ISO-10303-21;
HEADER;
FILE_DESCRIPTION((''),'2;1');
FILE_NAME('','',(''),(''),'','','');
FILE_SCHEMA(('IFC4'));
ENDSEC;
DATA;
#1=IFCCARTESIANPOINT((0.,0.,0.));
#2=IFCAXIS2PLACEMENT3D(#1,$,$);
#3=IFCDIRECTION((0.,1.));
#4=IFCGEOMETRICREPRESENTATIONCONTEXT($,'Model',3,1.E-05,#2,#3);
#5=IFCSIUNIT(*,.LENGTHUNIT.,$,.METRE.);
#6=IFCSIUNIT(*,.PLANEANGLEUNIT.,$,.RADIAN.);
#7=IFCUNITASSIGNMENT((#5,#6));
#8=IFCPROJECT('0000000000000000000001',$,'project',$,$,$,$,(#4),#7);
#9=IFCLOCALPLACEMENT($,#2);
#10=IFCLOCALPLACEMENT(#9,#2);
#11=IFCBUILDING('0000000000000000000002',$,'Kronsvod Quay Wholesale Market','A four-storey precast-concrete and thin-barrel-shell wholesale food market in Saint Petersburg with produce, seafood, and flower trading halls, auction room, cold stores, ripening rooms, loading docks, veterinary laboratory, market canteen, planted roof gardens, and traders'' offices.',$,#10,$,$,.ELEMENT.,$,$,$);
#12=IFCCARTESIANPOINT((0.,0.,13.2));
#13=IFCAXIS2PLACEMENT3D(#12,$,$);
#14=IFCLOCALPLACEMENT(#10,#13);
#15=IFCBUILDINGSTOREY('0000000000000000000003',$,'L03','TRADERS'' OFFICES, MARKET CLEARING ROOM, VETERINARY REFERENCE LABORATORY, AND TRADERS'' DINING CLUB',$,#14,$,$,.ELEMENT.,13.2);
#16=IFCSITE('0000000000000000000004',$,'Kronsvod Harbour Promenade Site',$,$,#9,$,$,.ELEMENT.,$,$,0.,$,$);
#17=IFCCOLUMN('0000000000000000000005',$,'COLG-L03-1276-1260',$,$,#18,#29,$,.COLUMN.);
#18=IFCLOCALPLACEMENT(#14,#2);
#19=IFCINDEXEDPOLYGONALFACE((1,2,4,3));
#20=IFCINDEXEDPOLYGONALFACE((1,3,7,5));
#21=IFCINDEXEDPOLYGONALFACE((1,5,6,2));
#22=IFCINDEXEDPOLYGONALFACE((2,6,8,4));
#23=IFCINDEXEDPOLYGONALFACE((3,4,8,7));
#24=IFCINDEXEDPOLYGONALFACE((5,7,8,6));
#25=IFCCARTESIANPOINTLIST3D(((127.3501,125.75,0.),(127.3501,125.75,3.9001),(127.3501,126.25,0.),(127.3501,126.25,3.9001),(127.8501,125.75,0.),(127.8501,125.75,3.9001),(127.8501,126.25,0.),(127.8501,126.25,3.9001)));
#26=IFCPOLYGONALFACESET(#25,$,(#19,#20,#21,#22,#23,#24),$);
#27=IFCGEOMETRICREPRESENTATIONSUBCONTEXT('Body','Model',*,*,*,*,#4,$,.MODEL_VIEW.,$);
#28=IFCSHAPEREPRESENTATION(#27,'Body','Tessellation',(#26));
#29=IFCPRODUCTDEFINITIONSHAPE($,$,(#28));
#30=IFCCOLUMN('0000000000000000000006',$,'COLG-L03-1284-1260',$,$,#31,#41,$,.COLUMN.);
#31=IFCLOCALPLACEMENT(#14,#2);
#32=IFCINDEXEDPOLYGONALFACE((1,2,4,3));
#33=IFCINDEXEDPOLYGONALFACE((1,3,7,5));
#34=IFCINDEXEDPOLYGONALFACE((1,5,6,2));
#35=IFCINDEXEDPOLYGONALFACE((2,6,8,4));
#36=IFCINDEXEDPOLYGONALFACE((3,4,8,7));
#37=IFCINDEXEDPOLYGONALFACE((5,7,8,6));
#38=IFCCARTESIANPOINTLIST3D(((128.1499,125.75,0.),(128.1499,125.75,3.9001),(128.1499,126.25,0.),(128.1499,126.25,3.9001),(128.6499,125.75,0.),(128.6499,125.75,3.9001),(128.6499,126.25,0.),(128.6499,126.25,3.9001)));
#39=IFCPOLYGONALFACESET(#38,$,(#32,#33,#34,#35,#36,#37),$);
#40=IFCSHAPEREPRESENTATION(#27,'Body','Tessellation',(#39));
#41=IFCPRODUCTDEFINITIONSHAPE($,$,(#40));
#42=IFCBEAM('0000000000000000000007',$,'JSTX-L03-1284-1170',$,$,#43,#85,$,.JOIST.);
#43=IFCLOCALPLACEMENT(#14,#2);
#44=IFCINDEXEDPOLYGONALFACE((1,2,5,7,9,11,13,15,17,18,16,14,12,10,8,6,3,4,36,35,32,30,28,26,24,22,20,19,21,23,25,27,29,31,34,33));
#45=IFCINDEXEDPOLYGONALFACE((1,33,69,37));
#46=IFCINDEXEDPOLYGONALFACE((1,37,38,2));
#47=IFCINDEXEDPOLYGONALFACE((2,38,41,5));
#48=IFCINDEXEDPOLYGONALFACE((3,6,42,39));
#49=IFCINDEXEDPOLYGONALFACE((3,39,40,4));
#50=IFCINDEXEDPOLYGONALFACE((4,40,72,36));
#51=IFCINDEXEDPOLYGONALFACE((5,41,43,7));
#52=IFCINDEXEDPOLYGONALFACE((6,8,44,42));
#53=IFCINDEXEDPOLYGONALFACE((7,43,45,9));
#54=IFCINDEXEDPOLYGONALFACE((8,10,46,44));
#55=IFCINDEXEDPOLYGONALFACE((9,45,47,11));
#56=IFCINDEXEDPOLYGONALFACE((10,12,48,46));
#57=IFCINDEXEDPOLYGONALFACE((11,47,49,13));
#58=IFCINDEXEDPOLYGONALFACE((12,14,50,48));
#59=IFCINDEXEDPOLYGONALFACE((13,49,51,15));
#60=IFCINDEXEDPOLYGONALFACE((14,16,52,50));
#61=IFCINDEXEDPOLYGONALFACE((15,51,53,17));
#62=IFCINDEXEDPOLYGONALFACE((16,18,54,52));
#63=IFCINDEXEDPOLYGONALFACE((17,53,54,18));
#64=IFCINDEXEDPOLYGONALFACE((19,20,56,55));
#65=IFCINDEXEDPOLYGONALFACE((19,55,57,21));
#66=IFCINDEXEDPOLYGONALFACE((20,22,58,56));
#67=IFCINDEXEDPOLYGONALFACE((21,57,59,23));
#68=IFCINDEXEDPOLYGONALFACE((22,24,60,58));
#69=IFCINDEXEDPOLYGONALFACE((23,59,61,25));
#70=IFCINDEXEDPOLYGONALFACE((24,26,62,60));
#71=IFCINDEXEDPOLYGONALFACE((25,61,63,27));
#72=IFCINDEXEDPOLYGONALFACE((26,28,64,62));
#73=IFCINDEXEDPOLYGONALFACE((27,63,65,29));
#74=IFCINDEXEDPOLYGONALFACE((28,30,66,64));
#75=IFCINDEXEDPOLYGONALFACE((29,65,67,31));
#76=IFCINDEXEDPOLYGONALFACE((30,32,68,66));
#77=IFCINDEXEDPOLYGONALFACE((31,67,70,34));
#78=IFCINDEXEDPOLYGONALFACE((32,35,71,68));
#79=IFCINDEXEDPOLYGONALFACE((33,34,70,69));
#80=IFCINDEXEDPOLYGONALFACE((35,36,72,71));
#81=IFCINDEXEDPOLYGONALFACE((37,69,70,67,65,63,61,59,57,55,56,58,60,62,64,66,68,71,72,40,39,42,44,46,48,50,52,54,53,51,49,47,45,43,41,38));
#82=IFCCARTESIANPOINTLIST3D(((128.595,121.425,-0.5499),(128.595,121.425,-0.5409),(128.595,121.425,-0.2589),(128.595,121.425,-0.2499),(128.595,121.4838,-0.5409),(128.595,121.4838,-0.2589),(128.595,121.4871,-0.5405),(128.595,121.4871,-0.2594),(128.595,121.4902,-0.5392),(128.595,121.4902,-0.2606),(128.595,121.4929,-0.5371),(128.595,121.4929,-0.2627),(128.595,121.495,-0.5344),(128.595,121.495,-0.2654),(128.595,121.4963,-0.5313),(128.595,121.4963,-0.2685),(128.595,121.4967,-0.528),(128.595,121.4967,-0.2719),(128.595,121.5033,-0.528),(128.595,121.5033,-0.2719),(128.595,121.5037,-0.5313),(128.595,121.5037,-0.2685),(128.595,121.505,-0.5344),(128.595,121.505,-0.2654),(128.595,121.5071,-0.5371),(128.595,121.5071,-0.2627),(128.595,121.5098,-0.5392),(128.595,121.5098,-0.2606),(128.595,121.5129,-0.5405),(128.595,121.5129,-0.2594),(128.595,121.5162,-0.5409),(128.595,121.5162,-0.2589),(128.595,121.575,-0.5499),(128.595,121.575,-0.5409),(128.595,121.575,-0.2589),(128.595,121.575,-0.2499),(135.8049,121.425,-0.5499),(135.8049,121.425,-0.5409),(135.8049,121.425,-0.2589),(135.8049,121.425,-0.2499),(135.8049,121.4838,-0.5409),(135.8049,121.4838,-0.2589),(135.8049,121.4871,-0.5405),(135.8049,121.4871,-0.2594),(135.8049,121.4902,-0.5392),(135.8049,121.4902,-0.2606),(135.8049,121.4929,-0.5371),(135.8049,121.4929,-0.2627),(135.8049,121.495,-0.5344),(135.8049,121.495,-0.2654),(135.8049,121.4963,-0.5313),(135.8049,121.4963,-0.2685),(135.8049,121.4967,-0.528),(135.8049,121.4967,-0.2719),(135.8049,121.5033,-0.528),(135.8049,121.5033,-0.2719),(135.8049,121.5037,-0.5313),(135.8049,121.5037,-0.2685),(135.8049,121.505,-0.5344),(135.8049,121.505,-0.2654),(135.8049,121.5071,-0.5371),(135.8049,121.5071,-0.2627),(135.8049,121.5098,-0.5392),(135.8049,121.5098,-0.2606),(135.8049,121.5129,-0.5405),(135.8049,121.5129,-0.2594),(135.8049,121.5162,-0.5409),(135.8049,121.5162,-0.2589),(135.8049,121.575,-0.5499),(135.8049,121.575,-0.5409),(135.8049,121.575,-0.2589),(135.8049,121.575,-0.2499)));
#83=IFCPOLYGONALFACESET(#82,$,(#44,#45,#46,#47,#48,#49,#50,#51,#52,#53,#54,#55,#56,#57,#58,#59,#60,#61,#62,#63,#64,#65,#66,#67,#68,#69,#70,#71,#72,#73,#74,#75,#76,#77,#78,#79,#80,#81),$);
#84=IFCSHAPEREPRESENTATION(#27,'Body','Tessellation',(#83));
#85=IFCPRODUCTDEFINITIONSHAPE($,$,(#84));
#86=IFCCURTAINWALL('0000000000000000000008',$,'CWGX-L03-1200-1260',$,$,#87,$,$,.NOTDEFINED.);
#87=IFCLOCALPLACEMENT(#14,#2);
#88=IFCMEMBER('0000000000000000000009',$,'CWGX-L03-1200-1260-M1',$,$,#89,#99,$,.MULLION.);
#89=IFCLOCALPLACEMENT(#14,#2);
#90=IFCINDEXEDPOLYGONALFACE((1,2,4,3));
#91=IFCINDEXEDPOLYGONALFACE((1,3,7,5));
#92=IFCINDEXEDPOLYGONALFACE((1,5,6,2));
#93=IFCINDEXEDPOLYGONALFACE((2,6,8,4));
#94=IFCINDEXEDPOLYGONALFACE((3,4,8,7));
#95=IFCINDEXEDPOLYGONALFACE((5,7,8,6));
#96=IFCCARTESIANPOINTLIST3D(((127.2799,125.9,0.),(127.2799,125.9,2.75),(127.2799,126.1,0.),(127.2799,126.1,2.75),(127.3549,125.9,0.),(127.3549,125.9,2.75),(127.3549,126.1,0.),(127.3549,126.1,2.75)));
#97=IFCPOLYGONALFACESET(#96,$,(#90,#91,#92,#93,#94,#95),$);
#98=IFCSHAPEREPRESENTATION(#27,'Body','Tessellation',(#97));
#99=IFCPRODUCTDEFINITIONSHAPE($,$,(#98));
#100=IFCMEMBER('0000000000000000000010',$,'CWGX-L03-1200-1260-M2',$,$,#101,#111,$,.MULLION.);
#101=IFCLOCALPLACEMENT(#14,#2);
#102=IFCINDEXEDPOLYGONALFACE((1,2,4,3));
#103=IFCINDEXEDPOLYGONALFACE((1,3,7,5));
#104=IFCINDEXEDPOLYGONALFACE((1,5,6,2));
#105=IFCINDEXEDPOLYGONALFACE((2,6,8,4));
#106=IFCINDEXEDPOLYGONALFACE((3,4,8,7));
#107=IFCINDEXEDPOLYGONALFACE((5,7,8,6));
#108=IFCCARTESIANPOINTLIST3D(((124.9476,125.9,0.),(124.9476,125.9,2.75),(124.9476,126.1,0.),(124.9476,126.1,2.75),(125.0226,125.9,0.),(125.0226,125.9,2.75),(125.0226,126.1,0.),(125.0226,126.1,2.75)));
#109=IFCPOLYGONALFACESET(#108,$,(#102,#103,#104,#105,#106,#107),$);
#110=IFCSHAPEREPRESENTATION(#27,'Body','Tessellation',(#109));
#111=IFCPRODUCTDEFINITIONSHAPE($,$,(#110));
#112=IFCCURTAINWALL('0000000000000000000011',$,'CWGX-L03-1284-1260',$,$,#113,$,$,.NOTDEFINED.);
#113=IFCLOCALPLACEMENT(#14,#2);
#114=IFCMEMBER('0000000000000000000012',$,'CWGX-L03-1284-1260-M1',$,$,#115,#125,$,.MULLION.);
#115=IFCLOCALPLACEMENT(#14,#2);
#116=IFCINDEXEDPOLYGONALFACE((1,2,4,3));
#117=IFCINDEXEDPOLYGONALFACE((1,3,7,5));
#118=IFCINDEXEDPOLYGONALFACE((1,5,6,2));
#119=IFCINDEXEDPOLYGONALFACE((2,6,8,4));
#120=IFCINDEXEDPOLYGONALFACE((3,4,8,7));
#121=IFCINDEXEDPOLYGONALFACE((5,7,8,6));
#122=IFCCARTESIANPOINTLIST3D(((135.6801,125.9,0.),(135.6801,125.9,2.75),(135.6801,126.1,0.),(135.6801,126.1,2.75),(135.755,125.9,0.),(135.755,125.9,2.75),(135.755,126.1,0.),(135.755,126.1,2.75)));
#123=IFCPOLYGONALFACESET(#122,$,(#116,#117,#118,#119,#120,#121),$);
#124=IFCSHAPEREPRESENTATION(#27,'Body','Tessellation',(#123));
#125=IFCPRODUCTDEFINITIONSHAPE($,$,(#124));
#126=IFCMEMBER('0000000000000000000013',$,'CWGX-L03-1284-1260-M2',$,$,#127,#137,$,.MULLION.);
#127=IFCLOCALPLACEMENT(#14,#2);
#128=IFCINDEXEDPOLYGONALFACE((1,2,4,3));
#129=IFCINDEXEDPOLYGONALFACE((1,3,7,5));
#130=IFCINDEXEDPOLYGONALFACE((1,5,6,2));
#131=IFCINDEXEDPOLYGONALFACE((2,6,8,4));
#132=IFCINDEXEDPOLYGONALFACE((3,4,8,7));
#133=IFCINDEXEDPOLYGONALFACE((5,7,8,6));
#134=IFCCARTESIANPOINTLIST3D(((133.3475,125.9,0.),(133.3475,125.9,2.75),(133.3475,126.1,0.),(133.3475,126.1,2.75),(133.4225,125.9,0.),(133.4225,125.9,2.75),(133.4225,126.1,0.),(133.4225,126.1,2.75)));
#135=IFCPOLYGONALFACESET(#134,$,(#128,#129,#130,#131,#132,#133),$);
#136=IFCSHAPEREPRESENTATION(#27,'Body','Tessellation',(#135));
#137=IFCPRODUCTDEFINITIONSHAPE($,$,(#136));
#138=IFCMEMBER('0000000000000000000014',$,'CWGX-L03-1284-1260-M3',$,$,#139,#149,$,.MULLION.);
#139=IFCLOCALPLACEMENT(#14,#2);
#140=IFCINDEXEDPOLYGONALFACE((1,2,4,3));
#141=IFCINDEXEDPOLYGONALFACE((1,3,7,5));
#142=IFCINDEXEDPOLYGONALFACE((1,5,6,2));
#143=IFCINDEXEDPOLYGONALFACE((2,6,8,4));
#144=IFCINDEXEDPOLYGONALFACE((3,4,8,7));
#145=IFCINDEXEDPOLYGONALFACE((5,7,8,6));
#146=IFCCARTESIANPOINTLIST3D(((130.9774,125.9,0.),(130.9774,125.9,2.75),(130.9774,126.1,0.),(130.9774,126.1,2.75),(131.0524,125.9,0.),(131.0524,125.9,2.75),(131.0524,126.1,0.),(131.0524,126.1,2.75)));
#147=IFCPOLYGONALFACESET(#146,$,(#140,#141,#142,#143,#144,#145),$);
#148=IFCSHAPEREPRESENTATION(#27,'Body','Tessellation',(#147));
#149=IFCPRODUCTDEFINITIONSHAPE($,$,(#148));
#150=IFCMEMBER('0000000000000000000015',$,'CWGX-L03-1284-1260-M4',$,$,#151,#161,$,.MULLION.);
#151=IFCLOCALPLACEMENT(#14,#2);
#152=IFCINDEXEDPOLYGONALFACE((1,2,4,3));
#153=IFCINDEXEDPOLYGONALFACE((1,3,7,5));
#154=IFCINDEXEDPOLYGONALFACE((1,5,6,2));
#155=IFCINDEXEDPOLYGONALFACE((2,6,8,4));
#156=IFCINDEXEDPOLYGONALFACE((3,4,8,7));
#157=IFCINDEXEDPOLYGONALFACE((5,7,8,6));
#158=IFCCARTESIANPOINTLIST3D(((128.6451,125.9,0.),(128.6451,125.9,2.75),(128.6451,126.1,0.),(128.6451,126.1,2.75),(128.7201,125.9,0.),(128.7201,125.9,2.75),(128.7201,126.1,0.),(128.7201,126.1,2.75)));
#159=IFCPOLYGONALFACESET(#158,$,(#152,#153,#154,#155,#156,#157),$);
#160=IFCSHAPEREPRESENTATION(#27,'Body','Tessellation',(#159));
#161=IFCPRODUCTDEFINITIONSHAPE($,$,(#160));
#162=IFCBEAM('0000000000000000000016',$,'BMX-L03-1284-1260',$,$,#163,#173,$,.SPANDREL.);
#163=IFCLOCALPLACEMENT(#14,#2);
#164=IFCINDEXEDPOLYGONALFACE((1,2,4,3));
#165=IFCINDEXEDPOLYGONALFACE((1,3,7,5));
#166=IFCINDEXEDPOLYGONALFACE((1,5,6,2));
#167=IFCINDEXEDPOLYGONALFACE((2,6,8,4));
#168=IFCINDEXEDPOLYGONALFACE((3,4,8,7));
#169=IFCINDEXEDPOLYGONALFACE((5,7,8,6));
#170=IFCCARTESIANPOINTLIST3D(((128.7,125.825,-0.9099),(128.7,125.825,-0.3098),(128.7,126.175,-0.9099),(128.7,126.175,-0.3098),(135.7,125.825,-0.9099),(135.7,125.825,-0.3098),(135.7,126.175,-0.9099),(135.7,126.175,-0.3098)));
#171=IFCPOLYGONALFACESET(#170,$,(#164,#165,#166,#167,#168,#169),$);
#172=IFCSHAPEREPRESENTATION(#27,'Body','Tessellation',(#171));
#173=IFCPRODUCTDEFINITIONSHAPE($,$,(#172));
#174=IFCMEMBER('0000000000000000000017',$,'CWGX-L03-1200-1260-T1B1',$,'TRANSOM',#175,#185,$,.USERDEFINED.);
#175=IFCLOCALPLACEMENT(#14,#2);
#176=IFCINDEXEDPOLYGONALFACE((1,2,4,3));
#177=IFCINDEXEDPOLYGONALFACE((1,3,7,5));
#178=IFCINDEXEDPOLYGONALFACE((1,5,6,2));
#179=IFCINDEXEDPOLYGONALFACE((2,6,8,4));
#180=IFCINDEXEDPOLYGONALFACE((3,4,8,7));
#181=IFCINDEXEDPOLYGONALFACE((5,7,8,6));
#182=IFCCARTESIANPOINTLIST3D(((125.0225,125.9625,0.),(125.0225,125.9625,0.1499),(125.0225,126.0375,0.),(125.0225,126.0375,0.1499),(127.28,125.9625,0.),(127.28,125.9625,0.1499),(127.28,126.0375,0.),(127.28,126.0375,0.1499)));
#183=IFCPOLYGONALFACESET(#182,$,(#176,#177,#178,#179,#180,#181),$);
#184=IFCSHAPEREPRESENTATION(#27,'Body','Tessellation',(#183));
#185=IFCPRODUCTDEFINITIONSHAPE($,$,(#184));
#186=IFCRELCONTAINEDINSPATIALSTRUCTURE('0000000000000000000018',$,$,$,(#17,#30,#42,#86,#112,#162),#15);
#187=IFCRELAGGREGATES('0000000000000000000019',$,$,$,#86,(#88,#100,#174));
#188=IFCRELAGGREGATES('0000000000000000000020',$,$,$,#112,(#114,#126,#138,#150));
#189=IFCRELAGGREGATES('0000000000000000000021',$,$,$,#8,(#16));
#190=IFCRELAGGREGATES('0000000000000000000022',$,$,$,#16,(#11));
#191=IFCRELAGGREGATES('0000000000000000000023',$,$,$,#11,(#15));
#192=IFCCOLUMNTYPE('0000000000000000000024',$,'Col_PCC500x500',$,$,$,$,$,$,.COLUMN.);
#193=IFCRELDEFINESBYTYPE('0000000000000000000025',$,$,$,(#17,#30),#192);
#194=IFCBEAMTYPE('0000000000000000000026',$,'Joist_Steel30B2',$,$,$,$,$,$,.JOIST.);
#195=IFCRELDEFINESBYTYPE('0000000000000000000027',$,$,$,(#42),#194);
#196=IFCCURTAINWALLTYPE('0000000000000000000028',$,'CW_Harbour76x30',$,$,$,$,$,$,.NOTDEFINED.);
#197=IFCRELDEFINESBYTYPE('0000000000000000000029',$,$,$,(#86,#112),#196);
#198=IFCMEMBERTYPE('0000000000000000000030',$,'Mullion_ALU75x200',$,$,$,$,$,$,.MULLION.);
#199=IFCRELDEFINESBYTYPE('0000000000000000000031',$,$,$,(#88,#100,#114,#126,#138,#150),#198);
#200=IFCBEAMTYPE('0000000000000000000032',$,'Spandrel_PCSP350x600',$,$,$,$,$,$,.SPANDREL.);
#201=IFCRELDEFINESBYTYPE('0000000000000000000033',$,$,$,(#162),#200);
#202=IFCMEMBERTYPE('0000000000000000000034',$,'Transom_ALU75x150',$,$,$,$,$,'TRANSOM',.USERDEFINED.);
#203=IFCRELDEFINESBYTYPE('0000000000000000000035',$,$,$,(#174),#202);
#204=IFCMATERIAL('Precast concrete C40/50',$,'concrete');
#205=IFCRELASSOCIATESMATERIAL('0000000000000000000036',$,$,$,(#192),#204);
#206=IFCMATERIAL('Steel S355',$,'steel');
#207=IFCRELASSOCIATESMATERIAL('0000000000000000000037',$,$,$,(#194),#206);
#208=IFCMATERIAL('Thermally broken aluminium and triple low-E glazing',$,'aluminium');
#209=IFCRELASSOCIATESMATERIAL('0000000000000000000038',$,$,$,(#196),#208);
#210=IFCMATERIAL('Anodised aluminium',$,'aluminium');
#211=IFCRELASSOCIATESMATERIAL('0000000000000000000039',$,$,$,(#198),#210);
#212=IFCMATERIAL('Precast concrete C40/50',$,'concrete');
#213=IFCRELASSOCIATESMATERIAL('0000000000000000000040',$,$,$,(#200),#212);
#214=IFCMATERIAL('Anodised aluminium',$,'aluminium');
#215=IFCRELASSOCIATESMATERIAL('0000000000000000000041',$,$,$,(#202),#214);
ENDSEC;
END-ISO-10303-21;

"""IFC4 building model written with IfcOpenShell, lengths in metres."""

from ifc_helpers import new_model, si_unit, direction, frame, origin, origin_2d, place, context, subcontext, project, spatial, rectangle, i_section, extrude, material, material_profile, profile_set, type_object, element, aggregate, save


model = new_model("IFC4")

# Units and contexts
model_context = context("Model", 3, precision=1e-05, world=origin(), true_north=direction((0.0, 1.0)))
body_context = subcontext(model_context, "Body", "Model", "MODEL_VIEW")
ifc_project = project(units=[si_unit("LENGTHUNIT", "METRE"), si_unit("PLANEANGLEUNIT", "RADIAN")], contexts=[model_context])

# Site, building, storey
site_placement = place(None, origin())
site = spatial("IfcSite", under=ifc_project, at=site_placement, Name="Kronsvod Harbour Promenade Site", CompositionType="ELEMENT", RefElevation=0.0)
building_placement = place(site_placement, origin())
building = spatial("IfcBuilding", under=site, at=building_placement, Name="Kronsvod Quay Wholesale Market", Description="A four-storey precast-concrete and thin-barrel-shell wholesale food market in Saint Petersburg with produce, seafood, and flower trading halls, auction room, cold stores, ripening rooms, loading docks, veterinary laboratory, market canteen, planted roof gardens, and traders' offices.", CompositionType="ELEMENT")
storey_placement = place(building_placement, frame((0.0, 0.0, 13.2)))
storey = spatial("IfcBuildingStorey", under=building, at=storey_placement, Name="L03", Description="TRADERS' OFFICES, MARKET CLEARING ROOM, VETERINARY REFERENCE LABORATORY, AND TRADERS' DINING CLUB", CompositionType="ELEMENT", Elevation=13.2)

# Columns
ifc_material_1 = material(Name="Precast concrete C40/50", Category="concrete")
ifc_material_profile_1 = material_profile(ifc_material_1, rectangle(XDim=0.5, YDim=0.5, at=origin_2d()), Name="PCC500x500")
ifc_profile_set_1 = profile_set([ifc_material_profile_1], Name="Precast concrete C40/50")
column_type = type_object("IfcColumnType", Name="Col_PCC500x500", PredefinedType="COLUMN", material=ifc_profile_set_1)
for number, where, z_axis, x_axis, name in (
    (1, (127.6001, 126.0, 0.0), (0.0, 0.0, 1.0), (1.0, 0.0, 0.0), "COLG-L03-1276-1260"),
    (2, (128.3999, 126.0, 0.0), (0.0, 0.0, 1.0), (1.0, 0.0, 0.0), "COLG-L03-1284-1260"),
):
    element("IfcColumn", number, at=place(storey_placement, frame(where, z_axis=z_axis, x_axis=x_axis)), inside=storey, type_object=column_type, Name=name, PredefinedType="COLUMN", context=body_context, shape_type="SweptSolid", body=[
        extrude(rectangle(XDim=0.5, YDim=0.5, at=origin_2d()), origin(), (0.0, 0.0, 1.0), 3.9001),
    ])

# Beam
ifc_material_2 = material(Name="Steel S355", Category="steel")
ifc_material_profile_2 = material_profile(ifc_material_2, i_section(OverallWidth=0.1499, OverallDepth=0.3, WebThickness=0.0066, FlangeThickness=0.009, FilletRadius=0.0129, at=origin_2d()), Name="30B2")
ifc_profile_set_2 = profile_set([ifc_material_profile_2], Name="Steel S355")
beam_type_1 = type_object("IfcBeamType", Name="Joist_Steel30B2", PredefinedType="JOIST", material=ifc_profile_set_2)
beam_1_placement = place(storey_placement, frame((128.595, 121.5, -0.3999), z_axis=(1.0, 0.0, 0.0), x_axis=(0.0, 1.0, 0.0)))
element("IfcBeam", 3, at=beam_1_placement, inside=storey, type_object=beam_type_1, Name="JSTX-L03-1284-1170", PredefinedType="JOIST", context=body_context, shape_type="SweptSolid", body=[
    extrude(i_section(OverallWidth=0.1499, OverallDepth=0.3, WebThickness=0.0066, FlangeThickness=0.009, FilletRadius=0.0129, at=origin_2d()), origin(), (0.0, 0.0, 1.0), 7.21),
])

# Curtain walls, members
ifc_material_3 = material(Name="Thermally broken aluminium and triple low-E glazing", Category="aluminium")
curtain_wall_type = type_object("IfcCurtainWallType", Name="CW_Harbour76x30", PredefinedType="NOTDEFINED", material=ifc_material_3)
curtain_wall_1_placement = place(storey_placement, origin())
curtain_wall_1 = element("IfcCurtainWall", 4, at=curtain_wall_1_placement, inside=storey, type_object=curtain_wall_type, Name="CWGX-L03-1200-1260", PredefinedType="NOTDEFINED")
ifc_material_4 = material(Name="Anodised aluminium", Category="aluminium")
ifc_material_profile_3 = material_profile(ifc_material_4, rectangle(XDim=0.075, YDim=0.2, at=origin_2d()), Name="ALUM75x200")
ifc_profile_set_3 = profile_set([ifc_material_profile_3], Name="Anodised aluminium")
member_type_1 = type_object("IfcMemberType", Name="Mullion_ALU75x200", PredefinedType="MULLION", material=ifc_profile_set_3)
member_1_placement = place(storey_placement, frame((127.3174, 126.0, 0.0), z_axis=(0.0, 0.0, 1.0), x_axis=(1.0, 0.0, 0.0)))
member_1 = element("IfcMember", 5, at=member_1_placement, type_object=member_type_1, Name="CWGX-L03-1200-1260-M1", PredefinedType="MULLION", context=body_context, shape_type="SweptSolid", body=[
    extrude(rectangle(XDim=0.075, YDim=0.2, at=origin_2d()), origin(), (0.0, 0.0, 1.0), 2.75),
])
member_2_placement = place(storey_placement, frame((124.9851, 126.0, 0.0), z_axis=(0.0, 0.0, 1.0), x_axis=(1.0, 0.0, 0.0)))
member_2 = element("IfcMember", 6, at=member_2_placement, type_object=member_type_1, Name="CWGX-L03-1200-1260-M2", PredefinedType="MULLION", context=body_context, shape_type="SweptSolid", body=[
    extrude(rectangle(XDim=0.075, YDim=0.2, at=origin_2d()), origin(), (0.0, 0.0, 1.0), 2.75),
])
curtain_wall_2_placement = place(storey_placement, origin())
curtain_wall_2 = element("IfcCurtainWall", 7, at=curtain_wall_2_placement, inside=storey, type_object=curtain_wall_type, Name="CWGX-L03-1284-1260", PredefinedType="NOTDEFINED")
member_3_placement = place(storey_placement, frame((135.7175, 126.0, 0.0), z_axis=(0.0, 0.0, 1.0), x_axis=(1.0, 0.0, 0.0)))
member_3 = element("IfcMember", 8, at=member_3_placement, type_object=member_type_1, Name="CWGX-L03-1284-1260-M1", PredefinedType="MULLION", context=body_context, shape_type="SweptSolid", body=[
    extrude(rectangle(XDim=0.075, YDim=0.2, at=origin_2d()), origin(), (0.0, 0.0, 1.0), 2.75),
])
member_4_placement = place(storey_placement, frame((133.385, 126.0, 0.0), z_axis=(0.0, 0.0, 1.0), x_axis=(1.0, 0.0, 0.0)))
member_4 = element("IfcMember", 9, at=member_4_placement, type_object=member_type_1, Name="CWGX-L03-1284-1260-M2", PredefinedType="MULLION", context=body_context, shape_type="SweptSolid", body=[
    extrude(rectangle(XDim=0.075, YDim=0.2, at=origin_2d()), origin(), (0.0, 0.0, 1.0), 2.75),
])
member_5_placement = place(storey_placement, frame((131.0149, 126.0, 0.0), z_axis=(0.0, 0.0, 1.0), x_axis=(1.0, 0.0, 0.0)))
member_5 = element("IfcMember", 10, at=member_5_placement, type_object=member_type_1, Name="CWGX-L03-1284-1260-M3", PredefinedType="MULLION", context=body_context, shape_type="SweptSolid", body=[
    extrude(rectangle(XDim=0.075, YDim=0.2, at=origin_2d()), origin(), (0.0, 0.0, 1.0), 2.75),
])
member_6_placement = place(storey_placement, frame((128.6826, 126.0, 0.0), z_axis=(0.0, 0.0, 1.0), x_axis=(1.0, 0.0, 0.0)))
member_6 = element("IfcMember", 11, at=member_6_placement, type_object=member_type_1, Name="CWGX-L03-1284-1260-M4", PredefinedType="MULLION", context=body_context, shape_type="SweptSolid", body=[
    extrude(rectangle(XDim=0.075, YDim=0.2, at=origin_2d()), origin(), (0.0, 0.0, 1.0), 2.75),
])

# Beam
ifc_material_5 = material(Name="Precast concrete C40/50", Category="concrete")
ifc_material_profile_4 = material_profile(ifc_material_5, rectangle(XDim=0.3501, YDim=0.6001, at=origin_2d()), Name="PCSP350x600")
ifc_profile_set_4 = profile_set([ifc_material_profile_4], Name="Precast concrete C40/50")
beam_type_2 = type_object("IfcBeamType", Name="Spandrel_PCSP350x600", PredefinedType="SPANDREL", material=ifc_profile_set_4)
beam_2_placement = place(storey_placement, frame((128.7, 126.0, -0.6099), z_axis=(1.0, 0.0, 0.0), x_axis=(0.0, 1.0, 0.0)))
element("IfcBeam", 12, at=beam_2_placement, inside=storey, type_object=beam_type_2, Name="BMX-L03-1284-1260", PredefinedType="SPANDREL", context=body_context, shape_type="SweptSolid", body=[
    extrude(rectangle(XDim=0.3501, YDim=0.6001, at=origin_2d()), origin(), (0.0, 0.0, 1.0), 7.0),
])

# Member
ifc_material_6 = material(Name="Anodised aluminium", Category="aluminium")
ifc_material_profile_5 = material_profile(ifc_material_6, rectangle(XDim=0.075, YDim=0.1499, at=origin_2d()), Name="ALUT75x150")
ifc_profile_set_5 = profile_set([ifc_material_profile_5], Name="Anodised aluminium")
member_type_2 = type_object("IfcMemberType", Name="Transom_ALU75x150", ElementType="TRANSOM", PredefinedType="USERDEFINED", material=ifc_profile_set_5)
member_7_placement = place(storey_placement, frame((127.28, 126.0, 0.075), z_axis=(-1.0, 0.0, 0.0), x_axis=(0.0, -1.0, 0.0)))
member_7 = element("IfcMember", 13, at=member_7_placement, type_object=member_type_2, Name="CWGX-L03-1200-1260-T1B1", ObjectType="TRANSOM", PredefinedType="USERDEFINED", context=body_context, shape_type="SweptSolid", body=[
    extrude(rectangle(XDim=0.075, YDim=0.1499, at=origin_2d()), origin(), (0.0, 0.0, 1.0), 2.2576),
])

aggregate(curtain_wall_1, [member_1, member_2, member_7])
aggregate(curtain_wall_2, [member_3, member_4, member_5, member_6])

save(model, "model.ifc")
